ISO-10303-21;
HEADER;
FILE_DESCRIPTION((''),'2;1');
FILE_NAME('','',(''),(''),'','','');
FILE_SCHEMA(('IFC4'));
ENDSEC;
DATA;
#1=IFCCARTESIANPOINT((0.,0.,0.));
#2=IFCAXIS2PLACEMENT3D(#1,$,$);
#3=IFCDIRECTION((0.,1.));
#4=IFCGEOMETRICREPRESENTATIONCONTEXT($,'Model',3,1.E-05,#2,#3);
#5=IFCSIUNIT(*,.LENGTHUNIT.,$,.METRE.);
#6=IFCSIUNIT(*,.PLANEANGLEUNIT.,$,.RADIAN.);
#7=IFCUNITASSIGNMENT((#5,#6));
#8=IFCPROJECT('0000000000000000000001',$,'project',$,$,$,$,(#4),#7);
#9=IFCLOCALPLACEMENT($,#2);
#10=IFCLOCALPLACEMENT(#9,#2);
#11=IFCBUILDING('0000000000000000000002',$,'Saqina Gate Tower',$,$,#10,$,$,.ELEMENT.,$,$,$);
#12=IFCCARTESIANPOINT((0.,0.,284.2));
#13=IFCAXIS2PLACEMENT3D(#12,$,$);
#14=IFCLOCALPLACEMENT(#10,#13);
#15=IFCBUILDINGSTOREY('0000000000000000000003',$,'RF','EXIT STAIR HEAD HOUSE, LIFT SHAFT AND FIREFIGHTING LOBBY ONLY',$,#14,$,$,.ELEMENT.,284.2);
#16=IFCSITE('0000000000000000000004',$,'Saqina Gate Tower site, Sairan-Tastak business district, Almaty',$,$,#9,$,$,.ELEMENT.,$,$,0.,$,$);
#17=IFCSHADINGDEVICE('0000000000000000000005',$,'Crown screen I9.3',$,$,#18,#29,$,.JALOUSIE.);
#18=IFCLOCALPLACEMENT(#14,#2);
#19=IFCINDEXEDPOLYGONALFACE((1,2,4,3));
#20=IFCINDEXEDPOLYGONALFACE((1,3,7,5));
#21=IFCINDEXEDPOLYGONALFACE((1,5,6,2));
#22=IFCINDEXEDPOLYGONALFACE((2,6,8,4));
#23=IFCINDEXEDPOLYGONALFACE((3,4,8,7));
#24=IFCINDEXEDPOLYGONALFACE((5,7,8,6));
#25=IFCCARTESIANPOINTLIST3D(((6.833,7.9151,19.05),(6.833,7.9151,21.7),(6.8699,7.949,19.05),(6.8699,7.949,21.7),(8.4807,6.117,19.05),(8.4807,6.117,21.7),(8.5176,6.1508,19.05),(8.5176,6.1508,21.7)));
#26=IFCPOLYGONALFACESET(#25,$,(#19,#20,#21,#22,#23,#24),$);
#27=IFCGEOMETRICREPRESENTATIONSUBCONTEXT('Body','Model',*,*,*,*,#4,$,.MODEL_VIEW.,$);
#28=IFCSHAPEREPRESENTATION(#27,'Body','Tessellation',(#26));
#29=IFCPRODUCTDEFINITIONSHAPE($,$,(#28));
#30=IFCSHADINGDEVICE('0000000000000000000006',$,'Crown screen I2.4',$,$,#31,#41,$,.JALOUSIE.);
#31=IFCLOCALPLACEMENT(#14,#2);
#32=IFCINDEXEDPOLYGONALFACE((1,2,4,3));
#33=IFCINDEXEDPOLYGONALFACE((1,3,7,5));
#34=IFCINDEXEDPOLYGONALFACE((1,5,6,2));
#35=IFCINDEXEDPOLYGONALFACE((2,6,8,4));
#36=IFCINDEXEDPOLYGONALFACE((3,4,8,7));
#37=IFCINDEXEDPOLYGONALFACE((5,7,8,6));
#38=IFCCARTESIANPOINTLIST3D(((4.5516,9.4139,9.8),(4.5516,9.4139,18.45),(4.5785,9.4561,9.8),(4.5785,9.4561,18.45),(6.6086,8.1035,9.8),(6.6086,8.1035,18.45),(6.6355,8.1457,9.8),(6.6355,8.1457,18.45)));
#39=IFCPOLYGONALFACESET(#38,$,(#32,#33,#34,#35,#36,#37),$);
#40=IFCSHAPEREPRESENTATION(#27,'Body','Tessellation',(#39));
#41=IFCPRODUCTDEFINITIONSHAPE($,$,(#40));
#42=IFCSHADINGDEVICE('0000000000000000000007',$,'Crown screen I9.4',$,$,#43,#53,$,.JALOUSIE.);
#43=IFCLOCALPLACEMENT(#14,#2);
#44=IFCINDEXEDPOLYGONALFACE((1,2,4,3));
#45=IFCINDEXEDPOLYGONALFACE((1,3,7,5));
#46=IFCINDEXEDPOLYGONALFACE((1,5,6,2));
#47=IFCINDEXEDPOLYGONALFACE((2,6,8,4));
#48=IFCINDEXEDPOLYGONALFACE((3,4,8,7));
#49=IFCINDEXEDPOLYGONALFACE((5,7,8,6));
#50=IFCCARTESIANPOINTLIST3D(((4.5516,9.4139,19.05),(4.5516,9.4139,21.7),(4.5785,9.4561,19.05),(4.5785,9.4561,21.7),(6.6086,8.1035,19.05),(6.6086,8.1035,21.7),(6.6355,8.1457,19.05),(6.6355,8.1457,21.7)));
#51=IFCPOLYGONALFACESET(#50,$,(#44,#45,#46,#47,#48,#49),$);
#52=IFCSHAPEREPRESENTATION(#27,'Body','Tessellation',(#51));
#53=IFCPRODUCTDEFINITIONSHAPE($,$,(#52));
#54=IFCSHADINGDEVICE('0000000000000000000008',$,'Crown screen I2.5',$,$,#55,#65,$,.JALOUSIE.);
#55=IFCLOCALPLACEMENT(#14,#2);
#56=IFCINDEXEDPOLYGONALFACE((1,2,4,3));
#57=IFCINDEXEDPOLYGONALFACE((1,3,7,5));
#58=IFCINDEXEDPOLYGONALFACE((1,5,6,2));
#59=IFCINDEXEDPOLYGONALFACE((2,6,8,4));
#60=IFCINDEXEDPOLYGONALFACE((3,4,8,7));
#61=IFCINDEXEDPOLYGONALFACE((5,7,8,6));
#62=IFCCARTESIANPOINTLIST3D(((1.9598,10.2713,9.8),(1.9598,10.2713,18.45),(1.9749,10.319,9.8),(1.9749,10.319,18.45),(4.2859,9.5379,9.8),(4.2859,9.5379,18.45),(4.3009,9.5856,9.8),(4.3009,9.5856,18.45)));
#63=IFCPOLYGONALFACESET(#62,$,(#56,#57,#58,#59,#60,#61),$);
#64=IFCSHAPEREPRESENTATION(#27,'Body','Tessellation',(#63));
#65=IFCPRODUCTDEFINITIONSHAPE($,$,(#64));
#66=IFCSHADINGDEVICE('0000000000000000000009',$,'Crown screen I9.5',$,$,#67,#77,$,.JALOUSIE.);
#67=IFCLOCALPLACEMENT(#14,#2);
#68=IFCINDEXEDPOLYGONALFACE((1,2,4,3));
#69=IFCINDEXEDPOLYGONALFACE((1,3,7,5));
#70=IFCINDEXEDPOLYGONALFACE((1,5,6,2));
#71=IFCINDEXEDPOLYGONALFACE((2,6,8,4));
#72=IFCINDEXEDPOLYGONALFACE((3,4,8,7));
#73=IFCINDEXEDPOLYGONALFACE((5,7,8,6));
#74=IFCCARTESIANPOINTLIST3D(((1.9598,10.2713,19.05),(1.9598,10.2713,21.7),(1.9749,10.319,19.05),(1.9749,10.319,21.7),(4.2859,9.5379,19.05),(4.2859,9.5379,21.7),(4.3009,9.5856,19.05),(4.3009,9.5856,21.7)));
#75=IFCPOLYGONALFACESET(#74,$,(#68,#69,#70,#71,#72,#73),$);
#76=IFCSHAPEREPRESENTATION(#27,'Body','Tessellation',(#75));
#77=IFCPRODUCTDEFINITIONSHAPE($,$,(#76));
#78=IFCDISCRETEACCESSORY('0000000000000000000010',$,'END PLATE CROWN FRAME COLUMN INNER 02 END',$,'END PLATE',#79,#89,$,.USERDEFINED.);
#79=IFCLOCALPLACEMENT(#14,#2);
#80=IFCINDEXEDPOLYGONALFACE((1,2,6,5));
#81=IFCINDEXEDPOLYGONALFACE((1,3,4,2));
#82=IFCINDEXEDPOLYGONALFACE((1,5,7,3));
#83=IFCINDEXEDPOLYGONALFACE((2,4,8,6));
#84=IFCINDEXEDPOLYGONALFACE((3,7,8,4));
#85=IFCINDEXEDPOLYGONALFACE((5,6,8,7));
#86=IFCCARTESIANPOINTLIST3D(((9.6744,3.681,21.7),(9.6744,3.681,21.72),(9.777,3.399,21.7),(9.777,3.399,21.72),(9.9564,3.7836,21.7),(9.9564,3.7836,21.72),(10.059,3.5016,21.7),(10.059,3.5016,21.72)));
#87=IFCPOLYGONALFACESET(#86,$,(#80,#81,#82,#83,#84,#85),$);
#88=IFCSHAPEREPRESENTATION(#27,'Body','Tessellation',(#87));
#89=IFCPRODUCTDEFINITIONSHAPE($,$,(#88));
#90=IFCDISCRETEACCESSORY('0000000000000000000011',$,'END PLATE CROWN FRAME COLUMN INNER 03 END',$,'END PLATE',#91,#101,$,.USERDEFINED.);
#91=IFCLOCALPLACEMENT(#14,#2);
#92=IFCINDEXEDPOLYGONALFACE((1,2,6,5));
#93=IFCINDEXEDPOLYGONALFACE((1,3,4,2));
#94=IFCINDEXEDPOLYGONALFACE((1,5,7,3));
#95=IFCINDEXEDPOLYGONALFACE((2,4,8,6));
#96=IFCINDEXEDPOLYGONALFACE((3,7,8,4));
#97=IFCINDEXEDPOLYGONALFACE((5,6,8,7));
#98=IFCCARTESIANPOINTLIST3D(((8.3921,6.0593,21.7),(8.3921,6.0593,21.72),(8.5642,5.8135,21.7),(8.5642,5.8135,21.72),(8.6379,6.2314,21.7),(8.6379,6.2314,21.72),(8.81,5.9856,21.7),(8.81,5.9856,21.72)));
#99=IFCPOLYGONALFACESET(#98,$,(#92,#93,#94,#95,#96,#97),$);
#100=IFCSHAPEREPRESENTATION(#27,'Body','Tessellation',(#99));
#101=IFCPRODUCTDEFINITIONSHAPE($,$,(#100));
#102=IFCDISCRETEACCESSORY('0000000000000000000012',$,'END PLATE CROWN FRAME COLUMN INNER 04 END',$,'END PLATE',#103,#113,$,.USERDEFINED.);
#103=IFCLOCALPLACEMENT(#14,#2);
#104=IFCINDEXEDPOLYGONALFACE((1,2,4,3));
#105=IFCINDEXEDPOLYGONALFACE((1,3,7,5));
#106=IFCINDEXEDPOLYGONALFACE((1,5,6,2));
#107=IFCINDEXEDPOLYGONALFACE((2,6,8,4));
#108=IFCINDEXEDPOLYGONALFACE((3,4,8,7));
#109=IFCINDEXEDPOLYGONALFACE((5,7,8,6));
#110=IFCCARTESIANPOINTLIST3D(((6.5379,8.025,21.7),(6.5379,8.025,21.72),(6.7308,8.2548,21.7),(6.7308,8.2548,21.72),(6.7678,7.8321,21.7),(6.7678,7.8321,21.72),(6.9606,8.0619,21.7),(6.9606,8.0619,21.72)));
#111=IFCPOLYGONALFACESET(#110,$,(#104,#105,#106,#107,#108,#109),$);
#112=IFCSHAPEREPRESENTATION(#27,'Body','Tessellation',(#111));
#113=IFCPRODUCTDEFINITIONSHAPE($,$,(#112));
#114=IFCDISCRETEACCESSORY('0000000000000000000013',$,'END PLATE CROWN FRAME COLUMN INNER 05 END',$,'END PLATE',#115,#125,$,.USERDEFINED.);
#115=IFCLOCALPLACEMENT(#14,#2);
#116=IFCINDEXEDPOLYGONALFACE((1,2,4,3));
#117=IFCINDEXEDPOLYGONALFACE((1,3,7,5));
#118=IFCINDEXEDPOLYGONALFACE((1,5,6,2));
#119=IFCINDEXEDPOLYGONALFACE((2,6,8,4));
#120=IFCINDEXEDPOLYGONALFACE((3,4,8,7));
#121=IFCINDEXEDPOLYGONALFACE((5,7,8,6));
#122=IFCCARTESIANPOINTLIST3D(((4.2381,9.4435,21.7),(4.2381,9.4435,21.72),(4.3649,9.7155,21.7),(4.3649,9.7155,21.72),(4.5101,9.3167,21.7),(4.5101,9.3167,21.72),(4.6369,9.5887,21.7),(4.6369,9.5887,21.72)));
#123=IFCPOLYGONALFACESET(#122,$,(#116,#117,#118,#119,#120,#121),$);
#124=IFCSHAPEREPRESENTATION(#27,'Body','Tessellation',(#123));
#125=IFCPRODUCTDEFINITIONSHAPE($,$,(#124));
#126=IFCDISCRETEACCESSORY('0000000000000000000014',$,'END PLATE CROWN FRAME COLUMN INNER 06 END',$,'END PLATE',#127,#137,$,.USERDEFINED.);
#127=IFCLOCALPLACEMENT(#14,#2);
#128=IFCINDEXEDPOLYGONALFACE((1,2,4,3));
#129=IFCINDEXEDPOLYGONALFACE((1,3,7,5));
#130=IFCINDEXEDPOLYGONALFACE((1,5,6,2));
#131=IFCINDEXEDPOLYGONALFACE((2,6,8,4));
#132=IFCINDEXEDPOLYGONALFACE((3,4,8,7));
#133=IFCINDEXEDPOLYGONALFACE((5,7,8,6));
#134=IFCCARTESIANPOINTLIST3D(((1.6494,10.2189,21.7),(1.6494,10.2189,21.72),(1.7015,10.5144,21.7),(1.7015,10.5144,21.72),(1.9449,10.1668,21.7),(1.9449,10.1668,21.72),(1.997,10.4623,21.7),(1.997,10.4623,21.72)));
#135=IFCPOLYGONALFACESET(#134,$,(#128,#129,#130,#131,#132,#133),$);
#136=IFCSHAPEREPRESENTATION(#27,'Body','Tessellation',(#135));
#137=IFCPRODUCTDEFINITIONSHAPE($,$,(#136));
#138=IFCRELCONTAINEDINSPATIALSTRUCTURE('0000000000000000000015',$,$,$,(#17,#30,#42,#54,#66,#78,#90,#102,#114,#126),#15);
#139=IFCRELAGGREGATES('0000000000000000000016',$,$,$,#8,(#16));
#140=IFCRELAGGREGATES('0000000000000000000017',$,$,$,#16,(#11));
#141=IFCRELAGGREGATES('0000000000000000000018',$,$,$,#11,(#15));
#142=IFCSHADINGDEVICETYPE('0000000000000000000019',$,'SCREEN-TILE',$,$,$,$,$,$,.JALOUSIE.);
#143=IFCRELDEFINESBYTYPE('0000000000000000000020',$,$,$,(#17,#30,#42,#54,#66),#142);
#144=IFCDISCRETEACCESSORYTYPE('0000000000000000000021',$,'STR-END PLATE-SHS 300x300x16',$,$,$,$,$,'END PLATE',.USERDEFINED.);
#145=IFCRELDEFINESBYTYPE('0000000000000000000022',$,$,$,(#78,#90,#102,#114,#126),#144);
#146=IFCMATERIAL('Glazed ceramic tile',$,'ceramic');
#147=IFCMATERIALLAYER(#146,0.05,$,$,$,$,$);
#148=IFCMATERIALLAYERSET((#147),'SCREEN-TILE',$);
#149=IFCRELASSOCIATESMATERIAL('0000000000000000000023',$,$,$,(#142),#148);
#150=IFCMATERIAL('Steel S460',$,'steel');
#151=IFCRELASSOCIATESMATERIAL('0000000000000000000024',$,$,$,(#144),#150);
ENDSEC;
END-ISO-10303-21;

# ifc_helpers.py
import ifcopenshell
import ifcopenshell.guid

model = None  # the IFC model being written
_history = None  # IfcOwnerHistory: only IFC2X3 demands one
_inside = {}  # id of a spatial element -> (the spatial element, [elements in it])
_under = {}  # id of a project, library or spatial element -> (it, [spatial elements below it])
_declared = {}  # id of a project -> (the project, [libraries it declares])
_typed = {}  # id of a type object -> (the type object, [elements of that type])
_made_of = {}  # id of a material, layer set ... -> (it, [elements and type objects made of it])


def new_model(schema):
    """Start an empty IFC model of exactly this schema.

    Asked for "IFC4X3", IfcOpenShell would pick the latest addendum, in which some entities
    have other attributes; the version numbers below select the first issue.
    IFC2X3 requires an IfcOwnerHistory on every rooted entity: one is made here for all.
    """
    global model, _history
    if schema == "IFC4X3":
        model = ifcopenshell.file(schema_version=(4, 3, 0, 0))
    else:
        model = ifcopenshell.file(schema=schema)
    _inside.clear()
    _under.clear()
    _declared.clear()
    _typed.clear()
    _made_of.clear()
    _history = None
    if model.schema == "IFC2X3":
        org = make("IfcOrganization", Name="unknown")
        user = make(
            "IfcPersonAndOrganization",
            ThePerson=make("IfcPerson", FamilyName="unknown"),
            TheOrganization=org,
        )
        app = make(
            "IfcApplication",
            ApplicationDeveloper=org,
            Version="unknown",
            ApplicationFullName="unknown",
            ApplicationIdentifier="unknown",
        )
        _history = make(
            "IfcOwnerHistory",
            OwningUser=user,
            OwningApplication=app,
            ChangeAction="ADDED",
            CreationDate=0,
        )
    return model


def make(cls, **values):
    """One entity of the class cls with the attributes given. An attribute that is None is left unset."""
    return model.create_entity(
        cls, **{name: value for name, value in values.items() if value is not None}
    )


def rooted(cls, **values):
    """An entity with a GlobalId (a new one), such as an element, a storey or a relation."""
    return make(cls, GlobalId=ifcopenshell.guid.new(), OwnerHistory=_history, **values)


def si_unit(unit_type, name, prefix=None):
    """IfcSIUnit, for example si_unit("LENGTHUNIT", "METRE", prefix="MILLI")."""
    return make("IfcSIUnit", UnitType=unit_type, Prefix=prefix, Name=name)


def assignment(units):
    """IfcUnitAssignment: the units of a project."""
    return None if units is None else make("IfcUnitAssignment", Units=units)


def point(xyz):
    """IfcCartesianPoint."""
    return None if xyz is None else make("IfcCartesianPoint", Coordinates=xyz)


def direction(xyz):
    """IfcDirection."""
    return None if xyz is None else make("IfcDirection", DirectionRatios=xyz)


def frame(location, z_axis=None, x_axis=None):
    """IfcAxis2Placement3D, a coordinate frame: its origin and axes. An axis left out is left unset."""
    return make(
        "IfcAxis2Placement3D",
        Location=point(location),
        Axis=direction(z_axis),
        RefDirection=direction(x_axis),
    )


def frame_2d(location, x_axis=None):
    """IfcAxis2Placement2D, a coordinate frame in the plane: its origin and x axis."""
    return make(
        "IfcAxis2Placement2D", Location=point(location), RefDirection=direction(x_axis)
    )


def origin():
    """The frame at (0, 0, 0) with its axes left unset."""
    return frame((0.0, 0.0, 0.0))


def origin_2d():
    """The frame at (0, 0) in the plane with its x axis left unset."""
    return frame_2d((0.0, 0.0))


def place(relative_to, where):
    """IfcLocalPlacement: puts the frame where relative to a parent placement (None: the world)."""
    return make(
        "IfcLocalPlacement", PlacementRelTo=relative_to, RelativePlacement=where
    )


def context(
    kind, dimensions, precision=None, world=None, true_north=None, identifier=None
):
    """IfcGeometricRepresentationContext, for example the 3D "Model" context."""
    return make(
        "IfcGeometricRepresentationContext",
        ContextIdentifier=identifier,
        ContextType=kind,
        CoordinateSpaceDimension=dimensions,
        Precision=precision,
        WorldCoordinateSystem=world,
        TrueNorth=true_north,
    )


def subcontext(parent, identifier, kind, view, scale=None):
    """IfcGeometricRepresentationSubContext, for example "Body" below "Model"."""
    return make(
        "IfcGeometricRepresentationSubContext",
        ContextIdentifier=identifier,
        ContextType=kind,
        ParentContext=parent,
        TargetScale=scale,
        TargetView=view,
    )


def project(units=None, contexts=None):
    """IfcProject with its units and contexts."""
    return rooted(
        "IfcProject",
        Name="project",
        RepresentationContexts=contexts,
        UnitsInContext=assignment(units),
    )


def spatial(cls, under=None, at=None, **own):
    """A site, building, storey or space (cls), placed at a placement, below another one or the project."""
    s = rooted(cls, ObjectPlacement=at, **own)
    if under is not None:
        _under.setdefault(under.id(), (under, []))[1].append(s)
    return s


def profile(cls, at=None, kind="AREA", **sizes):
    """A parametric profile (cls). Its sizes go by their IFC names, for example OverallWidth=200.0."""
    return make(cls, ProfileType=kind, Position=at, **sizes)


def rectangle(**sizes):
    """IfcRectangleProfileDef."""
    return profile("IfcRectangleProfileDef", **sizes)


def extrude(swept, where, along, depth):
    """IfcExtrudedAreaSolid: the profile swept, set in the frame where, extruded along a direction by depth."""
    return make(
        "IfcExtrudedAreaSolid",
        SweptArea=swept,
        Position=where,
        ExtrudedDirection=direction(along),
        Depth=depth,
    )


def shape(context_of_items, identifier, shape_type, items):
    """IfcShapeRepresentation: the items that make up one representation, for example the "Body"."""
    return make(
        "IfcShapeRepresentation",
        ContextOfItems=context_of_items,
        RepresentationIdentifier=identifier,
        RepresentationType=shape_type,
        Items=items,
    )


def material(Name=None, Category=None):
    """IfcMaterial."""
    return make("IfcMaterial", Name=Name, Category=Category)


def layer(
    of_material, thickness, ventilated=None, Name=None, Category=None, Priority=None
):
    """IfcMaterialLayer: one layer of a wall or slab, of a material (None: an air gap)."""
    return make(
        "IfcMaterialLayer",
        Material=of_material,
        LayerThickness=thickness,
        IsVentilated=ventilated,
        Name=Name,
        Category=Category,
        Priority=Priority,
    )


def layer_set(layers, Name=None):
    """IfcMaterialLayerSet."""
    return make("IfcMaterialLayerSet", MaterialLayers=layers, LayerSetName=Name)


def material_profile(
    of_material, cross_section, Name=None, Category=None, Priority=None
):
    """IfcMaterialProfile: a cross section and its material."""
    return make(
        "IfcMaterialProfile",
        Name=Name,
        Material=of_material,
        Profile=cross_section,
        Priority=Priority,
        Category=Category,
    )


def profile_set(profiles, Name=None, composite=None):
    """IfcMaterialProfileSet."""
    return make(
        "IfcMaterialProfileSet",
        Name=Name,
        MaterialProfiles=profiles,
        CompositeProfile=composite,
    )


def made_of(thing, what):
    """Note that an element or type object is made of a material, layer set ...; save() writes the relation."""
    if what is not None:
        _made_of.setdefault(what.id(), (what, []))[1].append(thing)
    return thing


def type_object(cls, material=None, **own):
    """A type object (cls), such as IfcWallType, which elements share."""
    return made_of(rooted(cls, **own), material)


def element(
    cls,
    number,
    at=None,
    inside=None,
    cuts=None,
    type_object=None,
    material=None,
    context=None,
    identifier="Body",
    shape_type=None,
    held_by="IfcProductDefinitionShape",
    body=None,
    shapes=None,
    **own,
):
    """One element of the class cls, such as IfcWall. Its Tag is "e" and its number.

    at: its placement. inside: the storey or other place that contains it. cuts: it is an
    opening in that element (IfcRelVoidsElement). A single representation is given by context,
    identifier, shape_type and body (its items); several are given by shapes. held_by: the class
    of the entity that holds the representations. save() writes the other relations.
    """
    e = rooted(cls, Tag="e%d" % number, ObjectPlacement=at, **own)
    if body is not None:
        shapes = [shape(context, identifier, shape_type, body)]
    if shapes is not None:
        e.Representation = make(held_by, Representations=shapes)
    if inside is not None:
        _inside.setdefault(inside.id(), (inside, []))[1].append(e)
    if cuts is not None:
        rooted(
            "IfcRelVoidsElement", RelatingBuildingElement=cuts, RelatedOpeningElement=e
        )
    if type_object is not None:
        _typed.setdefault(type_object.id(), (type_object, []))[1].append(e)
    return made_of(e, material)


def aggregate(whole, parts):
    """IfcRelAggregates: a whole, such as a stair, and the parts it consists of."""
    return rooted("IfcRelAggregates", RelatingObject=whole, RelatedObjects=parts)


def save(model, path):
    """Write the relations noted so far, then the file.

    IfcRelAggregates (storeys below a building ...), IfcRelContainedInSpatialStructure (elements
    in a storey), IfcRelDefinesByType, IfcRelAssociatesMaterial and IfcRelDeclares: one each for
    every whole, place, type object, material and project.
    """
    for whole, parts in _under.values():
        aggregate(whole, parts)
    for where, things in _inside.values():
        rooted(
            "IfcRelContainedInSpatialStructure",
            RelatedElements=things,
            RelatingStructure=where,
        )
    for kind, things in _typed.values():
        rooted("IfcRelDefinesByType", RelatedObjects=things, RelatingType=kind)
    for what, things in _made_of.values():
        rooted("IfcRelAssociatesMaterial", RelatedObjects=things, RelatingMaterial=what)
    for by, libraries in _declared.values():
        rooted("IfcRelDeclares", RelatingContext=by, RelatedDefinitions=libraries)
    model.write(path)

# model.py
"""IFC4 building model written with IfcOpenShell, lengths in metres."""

from ifc_helpers import new_model, si_unit, direction, frame, origin, origin_2d, place, context, subcontext, project, spatial, rectangle, extrude, material, layer, layer_set, material_profile, profile_set, type_object, element, save


model = new_model("IFC4")

# Units and contexts
model_context = context("Model", 3, precision=1e-05, world=origin(), true_north=direction((0.0, 1.0)))
body_context = subcontext(model_context, "Body", "Model", "MODEL_VIEW")
ifc_project = project(units=[si_unit("LENGTHUNIT", "METRE"), si_unit("PLANEANGLEUNIT", "RADIAN")], contexts=[model_context])

# Site, building, storey
site_placement = place(None, origin())
site = spatial("IfcSite", under=ifc_project, at=site_placement, Name="Saqina Gate Tower site, Sairan-Tastak business district, Almaty", CompositionType="ELEMENT", RefElevation=0.0)
building_placement = place(site_placement, origin())
building = spatial("IfcBuilding", under=site, at=building_placement, Name="Saqina Gate Tower", CompositionType="ELEMENT")
storey_placement = place(building_placement, frame((0.0, 0.0, 284.2)))
storey = spatial("IfcBuildingStorey", under=building, at=storey_placement, Name="RF", Description="EXIT STAIR HEAD HOUSE, LIFT SHAFT AND FIREFIGHTING LOBBY ONLY", CompositionType="ELEMENT", Elevation=284.2)

# Shading devices
ifc_material_1 = material(Name="Glazed ceramic tile", Category="ceramic")
ifc_layer = layer(ifc_material_1, 0.05)
ifc_layer_set = layer_set([ifc_layer], Name="SCREEN-TILE")
shading_device_type = type_object("IfcShadingDeviceType", Name="SCREEN-TILE", PredefinedType="JALOUSIE", material=ifc_layer_set)
shading_device_1_placement = place(storey_placement, frame((7.6753, 7.033, 19.05), z_axis=(0.0, 0.0, 1.0), x_axis=(-0.67559, 0.737277, 0.0)))
element("IfcShadingDevice", 1, at=shading_device_1_placement, inside=storey, type_object=shading_device_type, Name="Crown screen I9.3", PredefinedType="JALOUSIE", context=body_context, shape_type="SweptSolid", body=[
    extrude(rectangle(XDim=2.439, YDim=0.05, at=origin_2d()), origin(), (0.0, 0.0, 1.0), 2.6499),
])
shading_device_2_placement = place(storey_placement, frame((5.5935, 8.7798, 9.8), z_axis=(0.0, 0.0, 1.0), x_axis=(-0.843391, 0.5373, 0.0)))
element("IfcShadingDevice", 2, at=shading_device_2_placement, inside=storey, type_object=shading_device_type, Name="Crown screen I2.4", PredefinedType="JALOUSIE", context=body_context, shape_type="SweptSolid", body=[
    extrude(rectangle(XDim=2.439, YDim=0.05, at=origin_2d()), origin(), (0.0, 0.0, 1.0), 8.6499),
])
shading_device_3_placement = place(storey_placement, frame((5.5935, 8.7798, 19.05), z_axis=(0.0, 0.0, 1.0), x_axis=(-0.843391, 0.5373, 0.0)))
element("IfcShadingDevice", 3, at=shading_device_3_placement, inside=storey, type_object=shading_device_type, Name="Crown screen I9.4", PredefinedType="JALOUSIE", context=body_context, shape_type="SweptSolid", body=[
    extrude(rectangle(XDim=2.439, YDim=0.05, at=origin_2d()), origin(), (0.0, 0.0, 1.0), 2.6499),
])
shading_device_4_placement = place(storey_placement, frame((3.1304, 9.9285, 9.8), z_axis=(0.0, 0.0, 1.0), x_axis=(-0.953717, 0.300706, 0.0)))
element("IfcShadingDevice", 4, at=shading_device_4_placement, inside=storey, type_object=shading_device_type, Name="Crown screen I2.5", PredefinedType="JALOUSIE", context=body_context, shape_type="SweptSolid", body=[
    extrude(rectangle(XDim=2.439, YDim=0.05, at=origin_2d()), origin(), (0.0, 0.0, 1.0), 8.6499),
])
shading_device_5_placement = place(storey_placement, frame((3.1304, 9.9285, 19.05), z_axis=(0.0, 0.0, 1.0), x_axis=(-0.953717, 0.300706, 0.0)))
element("IfcShadingDevice", 5, at=shading_device_5_placement, inside=storey, type_object=shading_device_type, Name="Crown screen I9.5", PredefinedType="JALOUSIE", context=body_context, shape_type="SweptSolid", body=[
    extrude(rectangle(XDim=2.439, YDim=0.05, at=origin_2d()), origin(), (0.0, 0.0, 1.0), 2.6499),
])

# Discrete accessories
ifc_material_2 = material(Name="Steel S460", Category="steel")
ifc_material_profile_1 = material_profile(ifc_material_2, rectangle(XDim=0.3, YDim=0.3, at=origin_2d()), Name="STR-END PLATE-SHS 300x300x16")
ifc_profile_set_1 = profile_set([ifc_material_profile_1], Name="Steel S460")
discrete_accessory_type = type_object("IfcDiscreteAccessoryType", Name="STR-END PLATE-SHS 300x300x16", ElementType="END PLATE", PredefinedType="USERDEFINED", material=ifc_profile_set_1)
for number, where, z_axis, x_axis, name in (
    (6, (9.8667, 3.5913, 21.7), (0.0, 0.0, 1.0), (0.939693, 0.34202, 0.0), "END PLATE CROWN FRAME COLUMN INNER 02 END"),
    (7, (8.6011, 6.0225, 21.7), (0.0, 0.0, 1.0), (0.819152, 0.573576, 0.0), "END PLATE CROWN FRAME COLUMN INNER 03 END"),
    (8, (6.7493, 8.0435, 21.7), (0.0, 0.0, 1.0), (0.642788, 0.766044, 0.0), "END PLATE CROWN FRAME COLUMN INNER 04 END"),
    (9, (4.4375, 9.5161, 21.7), (0.0, 0.0, 1.0), (0.422618, 0.906308, 0.0), "END PLATE CROWN FRAME COLUMN INNER 05 END"),
    (10, (1.8232, 10.3406, 21.7), (0.0, 0.0, 1.0), (0.173648, 0.984808, 0.0), "END PLATE CROWN FRAME COLUMN INNER 06 END"),
):
    element("IfcDiscreteAccessory", number, at=place(storey_placement, frame(where, z_axis=z_axis, x_axis=x_axis)), inside=storey, type_object=discrete_accessory_type, Name=name, ObjectType="END PLATE", PredefinedType="USERDEFINED", context=body_context, shape_type="SweptSolid", body=[
        extrude(rectangle(XDim=0.3, YDim=0.3, at=origin_2d()), origin(), (0.0, 0.0, 1.0), 0.02),
    ])

save(model, "model.ifc")
